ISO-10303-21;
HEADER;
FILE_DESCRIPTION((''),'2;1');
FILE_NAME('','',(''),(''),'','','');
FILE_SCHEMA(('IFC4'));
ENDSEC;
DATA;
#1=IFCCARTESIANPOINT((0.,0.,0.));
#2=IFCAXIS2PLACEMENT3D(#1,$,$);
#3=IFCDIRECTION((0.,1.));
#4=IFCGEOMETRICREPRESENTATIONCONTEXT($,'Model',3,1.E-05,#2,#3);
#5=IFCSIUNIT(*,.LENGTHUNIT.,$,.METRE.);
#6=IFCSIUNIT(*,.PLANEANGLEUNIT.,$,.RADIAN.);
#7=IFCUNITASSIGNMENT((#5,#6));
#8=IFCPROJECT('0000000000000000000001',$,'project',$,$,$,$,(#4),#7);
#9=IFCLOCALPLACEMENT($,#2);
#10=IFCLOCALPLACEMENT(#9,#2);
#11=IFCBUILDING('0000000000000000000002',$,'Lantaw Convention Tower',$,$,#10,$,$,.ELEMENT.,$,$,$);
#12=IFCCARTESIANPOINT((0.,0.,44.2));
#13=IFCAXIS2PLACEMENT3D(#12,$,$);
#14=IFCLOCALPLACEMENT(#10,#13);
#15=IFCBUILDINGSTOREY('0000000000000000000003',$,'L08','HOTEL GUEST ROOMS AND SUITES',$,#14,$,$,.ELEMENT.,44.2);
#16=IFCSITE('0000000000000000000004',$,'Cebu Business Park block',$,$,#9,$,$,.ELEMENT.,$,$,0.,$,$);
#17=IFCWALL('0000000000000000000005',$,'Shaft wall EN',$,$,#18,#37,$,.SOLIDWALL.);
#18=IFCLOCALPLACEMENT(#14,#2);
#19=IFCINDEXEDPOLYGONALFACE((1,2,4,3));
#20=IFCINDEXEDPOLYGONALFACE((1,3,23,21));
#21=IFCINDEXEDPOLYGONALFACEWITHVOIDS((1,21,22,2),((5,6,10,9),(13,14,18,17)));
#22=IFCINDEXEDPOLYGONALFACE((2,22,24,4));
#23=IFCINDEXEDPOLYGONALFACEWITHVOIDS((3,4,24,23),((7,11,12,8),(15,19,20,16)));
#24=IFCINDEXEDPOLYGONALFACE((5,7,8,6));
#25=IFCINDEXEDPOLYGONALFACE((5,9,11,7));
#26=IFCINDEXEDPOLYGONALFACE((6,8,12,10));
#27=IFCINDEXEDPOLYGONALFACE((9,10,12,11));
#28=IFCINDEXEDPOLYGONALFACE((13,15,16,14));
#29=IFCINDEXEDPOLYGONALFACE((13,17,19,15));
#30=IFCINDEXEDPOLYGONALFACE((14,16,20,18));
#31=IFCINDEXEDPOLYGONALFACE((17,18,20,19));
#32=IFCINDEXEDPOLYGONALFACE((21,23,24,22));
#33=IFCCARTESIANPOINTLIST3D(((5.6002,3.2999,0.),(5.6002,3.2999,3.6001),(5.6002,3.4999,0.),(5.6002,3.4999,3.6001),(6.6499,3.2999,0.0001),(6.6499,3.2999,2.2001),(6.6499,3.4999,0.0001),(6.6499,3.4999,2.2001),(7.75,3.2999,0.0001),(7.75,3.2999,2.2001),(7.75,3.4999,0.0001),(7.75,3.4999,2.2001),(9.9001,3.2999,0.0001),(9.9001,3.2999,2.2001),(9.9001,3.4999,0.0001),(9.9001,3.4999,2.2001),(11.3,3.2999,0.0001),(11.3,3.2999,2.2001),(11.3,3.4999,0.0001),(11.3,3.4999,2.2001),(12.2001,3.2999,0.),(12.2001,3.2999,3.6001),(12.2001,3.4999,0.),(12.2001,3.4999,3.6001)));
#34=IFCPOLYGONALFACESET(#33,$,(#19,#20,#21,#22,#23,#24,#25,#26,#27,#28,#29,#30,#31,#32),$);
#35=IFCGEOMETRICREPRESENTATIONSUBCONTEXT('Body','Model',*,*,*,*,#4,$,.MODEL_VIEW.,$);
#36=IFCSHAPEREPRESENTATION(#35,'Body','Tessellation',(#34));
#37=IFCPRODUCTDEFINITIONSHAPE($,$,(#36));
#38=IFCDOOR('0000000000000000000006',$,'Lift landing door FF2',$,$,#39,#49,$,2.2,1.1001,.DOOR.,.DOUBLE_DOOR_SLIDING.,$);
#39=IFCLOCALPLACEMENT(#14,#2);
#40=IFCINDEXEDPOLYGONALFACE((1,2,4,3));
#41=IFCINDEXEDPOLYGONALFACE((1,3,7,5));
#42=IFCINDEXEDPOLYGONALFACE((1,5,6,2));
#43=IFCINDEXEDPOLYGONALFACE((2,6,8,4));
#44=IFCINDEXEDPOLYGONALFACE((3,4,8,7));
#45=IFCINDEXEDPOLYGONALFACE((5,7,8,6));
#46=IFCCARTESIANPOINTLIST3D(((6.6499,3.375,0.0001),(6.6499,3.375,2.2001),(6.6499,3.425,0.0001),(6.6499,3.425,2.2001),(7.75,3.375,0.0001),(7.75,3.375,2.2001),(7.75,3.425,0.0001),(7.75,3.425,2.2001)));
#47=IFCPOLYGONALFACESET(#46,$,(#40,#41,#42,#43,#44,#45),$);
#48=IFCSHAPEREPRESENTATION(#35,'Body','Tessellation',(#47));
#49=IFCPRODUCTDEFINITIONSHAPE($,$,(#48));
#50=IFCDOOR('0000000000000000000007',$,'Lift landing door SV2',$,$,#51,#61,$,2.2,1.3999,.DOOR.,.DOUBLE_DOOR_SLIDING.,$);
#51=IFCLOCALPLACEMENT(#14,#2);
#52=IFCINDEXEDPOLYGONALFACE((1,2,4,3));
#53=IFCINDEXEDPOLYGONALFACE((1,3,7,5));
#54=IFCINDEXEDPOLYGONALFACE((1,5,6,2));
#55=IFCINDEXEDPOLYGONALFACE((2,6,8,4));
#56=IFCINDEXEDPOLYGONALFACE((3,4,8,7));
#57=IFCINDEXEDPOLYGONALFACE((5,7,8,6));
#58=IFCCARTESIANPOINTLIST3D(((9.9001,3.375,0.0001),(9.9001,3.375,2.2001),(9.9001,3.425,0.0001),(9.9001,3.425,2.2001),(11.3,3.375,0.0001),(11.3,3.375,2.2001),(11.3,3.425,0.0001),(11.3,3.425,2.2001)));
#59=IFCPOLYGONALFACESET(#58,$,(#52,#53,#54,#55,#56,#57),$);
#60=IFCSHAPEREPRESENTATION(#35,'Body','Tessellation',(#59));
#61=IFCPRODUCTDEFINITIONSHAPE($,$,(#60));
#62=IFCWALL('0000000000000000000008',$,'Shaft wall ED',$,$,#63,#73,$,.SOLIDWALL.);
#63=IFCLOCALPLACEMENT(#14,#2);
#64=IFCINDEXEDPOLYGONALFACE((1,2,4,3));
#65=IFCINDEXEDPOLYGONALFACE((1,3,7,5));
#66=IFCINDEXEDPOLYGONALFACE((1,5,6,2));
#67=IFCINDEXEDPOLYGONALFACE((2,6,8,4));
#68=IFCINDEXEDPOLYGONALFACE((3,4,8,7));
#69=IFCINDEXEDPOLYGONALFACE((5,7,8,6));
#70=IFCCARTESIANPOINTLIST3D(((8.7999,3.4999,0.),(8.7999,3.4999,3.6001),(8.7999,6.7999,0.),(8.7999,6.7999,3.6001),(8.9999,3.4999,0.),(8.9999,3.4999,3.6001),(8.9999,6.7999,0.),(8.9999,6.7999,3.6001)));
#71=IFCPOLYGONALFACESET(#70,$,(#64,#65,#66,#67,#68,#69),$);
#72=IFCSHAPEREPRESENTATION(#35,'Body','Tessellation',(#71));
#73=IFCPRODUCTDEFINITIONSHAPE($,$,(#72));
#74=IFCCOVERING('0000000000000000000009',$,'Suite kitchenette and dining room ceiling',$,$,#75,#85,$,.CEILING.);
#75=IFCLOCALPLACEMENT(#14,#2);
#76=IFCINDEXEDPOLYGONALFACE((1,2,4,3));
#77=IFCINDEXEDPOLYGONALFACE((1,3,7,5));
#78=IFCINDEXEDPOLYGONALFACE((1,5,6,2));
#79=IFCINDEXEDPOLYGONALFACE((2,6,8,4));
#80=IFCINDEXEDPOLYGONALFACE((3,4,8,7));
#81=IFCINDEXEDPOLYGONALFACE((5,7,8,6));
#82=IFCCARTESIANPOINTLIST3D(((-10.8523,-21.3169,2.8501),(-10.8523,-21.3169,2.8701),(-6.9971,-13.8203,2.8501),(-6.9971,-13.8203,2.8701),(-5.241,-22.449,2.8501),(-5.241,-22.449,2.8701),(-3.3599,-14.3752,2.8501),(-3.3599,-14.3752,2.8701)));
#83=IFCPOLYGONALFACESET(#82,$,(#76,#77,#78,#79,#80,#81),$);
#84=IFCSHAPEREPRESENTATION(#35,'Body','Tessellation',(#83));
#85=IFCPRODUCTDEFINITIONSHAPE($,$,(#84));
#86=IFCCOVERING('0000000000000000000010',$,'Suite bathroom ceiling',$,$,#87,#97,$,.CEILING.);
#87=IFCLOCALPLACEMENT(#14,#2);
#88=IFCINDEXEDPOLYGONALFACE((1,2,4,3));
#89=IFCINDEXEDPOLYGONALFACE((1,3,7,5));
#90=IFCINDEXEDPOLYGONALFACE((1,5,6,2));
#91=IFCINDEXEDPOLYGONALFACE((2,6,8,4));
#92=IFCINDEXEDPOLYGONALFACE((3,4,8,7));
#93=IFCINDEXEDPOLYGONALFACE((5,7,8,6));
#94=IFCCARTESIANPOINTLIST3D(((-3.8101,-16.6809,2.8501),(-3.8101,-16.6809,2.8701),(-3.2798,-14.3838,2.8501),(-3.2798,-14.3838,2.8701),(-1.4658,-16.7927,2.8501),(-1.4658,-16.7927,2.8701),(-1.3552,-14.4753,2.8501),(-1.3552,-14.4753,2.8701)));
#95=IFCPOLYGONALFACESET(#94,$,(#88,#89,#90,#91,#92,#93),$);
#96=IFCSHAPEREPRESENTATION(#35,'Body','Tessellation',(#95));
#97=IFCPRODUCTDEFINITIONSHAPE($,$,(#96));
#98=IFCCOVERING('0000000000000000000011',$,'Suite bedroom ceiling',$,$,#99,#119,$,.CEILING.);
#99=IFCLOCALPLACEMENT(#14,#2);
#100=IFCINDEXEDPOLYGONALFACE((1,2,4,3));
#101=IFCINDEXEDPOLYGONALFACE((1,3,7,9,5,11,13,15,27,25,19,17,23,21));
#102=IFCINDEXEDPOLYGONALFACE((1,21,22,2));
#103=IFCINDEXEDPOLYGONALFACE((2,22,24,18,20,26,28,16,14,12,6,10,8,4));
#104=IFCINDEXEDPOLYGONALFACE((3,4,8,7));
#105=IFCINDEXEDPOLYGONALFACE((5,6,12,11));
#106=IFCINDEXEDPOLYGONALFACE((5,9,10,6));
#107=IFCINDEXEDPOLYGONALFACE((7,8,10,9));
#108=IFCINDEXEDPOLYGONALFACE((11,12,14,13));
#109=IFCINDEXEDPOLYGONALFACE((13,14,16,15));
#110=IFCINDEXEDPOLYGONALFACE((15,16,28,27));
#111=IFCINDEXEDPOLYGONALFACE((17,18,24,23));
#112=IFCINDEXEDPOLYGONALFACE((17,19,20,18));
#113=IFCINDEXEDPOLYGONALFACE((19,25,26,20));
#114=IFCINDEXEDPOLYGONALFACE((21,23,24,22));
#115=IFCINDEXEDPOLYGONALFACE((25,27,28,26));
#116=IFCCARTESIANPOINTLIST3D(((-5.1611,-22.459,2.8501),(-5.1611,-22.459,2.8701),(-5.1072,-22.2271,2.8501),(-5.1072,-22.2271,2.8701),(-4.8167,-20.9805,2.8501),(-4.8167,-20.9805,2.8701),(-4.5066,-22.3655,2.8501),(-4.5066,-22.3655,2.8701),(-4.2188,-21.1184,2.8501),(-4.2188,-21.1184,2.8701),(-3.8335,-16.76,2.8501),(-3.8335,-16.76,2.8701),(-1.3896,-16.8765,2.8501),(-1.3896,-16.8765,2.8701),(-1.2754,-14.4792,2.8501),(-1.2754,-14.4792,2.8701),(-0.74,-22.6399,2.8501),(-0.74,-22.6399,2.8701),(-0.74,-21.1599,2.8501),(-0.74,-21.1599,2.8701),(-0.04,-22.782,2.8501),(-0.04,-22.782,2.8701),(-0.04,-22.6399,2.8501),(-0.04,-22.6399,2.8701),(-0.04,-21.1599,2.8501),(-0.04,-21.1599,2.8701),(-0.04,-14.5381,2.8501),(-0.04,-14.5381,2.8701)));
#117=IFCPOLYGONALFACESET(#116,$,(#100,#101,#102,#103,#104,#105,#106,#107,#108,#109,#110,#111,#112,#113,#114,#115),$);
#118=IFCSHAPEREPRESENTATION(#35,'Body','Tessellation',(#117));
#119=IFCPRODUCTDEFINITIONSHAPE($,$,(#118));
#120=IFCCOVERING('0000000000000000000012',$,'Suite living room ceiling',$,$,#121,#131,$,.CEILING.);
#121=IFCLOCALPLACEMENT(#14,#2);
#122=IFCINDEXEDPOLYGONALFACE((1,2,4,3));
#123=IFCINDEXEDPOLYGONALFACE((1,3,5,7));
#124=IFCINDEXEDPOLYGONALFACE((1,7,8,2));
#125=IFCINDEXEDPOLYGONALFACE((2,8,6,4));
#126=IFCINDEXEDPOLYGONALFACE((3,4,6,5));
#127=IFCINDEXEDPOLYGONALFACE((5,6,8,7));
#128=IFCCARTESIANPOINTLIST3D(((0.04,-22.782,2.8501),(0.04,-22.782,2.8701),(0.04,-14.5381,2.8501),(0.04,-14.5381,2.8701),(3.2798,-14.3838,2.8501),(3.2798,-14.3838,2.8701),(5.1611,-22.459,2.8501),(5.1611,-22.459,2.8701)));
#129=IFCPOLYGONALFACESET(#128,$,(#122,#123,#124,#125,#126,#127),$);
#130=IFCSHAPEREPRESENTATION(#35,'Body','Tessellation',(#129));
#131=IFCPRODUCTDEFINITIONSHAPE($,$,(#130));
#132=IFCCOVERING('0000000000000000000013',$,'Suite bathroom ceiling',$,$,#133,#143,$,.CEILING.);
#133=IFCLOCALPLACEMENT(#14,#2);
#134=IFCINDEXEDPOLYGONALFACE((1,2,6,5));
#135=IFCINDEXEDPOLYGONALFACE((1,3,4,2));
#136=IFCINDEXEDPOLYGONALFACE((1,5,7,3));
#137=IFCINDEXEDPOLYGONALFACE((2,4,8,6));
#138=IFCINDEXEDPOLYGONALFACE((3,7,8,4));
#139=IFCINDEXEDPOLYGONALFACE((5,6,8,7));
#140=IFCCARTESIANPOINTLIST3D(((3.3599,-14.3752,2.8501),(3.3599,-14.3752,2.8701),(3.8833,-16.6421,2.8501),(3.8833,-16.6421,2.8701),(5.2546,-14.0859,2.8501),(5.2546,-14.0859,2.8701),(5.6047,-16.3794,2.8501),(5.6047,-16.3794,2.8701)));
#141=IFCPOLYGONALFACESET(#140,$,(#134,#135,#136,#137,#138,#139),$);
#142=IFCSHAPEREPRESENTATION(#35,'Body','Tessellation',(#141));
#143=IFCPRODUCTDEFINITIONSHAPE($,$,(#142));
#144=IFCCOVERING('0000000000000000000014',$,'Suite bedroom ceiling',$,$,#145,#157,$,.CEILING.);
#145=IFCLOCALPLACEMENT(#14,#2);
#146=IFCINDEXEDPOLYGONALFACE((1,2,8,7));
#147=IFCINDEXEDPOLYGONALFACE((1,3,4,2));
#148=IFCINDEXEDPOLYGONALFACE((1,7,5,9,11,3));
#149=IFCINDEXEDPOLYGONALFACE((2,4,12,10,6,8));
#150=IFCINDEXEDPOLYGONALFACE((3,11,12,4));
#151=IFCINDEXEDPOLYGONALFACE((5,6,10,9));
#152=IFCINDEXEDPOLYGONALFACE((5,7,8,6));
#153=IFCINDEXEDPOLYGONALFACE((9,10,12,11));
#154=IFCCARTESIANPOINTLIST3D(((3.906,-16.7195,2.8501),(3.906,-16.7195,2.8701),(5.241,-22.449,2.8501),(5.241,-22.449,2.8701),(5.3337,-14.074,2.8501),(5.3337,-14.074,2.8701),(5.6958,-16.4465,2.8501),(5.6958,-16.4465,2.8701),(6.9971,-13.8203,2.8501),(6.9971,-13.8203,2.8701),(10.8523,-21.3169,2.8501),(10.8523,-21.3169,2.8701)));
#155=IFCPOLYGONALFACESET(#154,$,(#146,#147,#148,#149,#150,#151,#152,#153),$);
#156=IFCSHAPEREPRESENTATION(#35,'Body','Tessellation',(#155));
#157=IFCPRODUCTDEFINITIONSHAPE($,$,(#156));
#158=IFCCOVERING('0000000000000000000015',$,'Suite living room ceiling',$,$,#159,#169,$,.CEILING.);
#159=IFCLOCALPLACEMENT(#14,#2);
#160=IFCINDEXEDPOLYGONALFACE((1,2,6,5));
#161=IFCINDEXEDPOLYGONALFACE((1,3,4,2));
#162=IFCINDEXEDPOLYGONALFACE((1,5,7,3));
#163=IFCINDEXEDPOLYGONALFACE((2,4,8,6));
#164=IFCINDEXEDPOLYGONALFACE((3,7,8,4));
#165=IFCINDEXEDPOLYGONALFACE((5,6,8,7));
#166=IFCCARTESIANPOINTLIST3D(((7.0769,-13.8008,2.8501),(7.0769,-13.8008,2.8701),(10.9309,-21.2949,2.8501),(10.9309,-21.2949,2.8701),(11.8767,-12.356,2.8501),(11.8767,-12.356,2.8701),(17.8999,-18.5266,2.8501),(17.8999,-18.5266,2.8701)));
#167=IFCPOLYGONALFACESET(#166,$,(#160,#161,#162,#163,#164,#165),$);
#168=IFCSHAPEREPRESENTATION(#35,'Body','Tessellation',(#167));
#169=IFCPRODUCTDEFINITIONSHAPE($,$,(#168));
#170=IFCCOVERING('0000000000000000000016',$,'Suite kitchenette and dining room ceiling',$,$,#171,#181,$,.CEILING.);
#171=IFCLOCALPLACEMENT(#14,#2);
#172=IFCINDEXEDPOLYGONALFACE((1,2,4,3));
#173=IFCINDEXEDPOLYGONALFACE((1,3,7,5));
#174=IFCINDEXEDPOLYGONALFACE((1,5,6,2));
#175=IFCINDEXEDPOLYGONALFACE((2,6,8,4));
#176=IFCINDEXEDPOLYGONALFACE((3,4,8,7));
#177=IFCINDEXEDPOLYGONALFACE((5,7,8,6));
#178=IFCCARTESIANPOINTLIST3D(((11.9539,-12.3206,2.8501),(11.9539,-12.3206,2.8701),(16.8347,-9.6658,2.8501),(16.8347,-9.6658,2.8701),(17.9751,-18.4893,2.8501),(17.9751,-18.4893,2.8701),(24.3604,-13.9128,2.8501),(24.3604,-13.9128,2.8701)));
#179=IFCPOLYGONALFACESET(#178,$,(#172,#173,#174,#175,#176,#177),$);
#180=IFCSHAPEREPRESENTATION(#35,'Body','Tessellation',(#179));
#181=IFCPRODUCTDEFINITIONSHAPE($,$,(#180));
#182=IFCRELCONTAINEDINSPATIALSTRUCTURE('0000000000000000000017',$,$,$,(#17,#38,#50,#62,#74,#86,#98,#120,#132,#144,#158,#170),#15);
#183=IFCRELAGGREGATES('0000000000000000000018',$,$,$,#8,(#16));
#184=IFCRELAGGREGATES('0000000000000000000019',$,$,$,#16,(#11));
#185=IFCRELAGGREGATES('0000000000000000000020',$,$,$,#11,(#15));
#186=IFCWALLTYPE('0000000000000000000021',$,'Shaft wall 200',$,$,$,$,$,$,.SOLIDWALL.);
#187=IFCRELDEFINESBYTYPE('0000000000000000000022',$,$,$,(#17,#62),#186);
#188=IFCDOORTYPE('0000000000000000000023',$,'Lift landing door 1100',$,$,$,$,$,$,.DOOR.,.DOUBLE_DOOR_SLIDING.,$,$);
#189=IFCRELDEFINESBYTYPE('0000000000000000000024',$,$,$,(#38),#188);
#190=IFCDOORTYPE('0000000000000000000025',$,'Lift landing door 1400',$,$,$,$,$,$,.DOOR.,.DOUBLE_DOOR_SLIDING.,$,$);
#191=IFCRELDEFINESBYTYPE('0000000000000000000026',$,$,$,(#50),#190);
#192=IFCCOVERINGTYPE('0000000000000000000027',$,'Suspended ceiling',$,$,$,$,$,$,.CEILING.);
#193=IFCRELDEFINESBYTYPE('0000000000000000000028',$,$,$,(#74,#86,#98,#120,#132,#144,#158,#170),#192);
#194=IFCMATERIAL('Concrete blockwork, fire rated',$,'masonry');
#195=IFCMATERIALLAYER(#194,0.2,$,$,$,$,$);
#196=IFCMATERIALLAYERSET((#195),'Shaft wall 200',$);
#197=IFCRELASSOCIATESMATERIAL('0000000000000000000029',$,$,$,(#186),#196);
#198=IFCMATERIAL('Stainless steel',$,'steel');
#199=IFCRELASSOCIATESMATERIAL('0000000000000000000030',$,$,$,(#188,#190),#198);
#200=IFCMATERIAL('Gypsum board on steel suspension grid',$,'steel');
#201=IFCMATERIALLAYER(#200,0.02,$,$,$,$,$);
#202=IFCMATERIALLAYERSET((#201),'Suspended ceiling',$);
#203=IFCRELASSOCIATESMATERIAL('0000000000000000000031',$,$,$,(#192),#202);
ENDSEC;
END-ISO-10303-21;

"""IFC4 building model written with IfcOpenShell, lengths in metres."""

from ifc_helpers import new_model, si_unit, direction, frame, frame_2d, origin, place, context, subcontext, project, spatial, polyline, rectangle, outline, extrude, material, layer, layer_set, type_object, element, fill, save


model = new_model("IFC4")

# Units and contexts
model_context = context("Model", 3, precision=1e-05, world=origin(), true_north=direction((0.0, 1.0)))
body_context = subcontext(model_context, "Body", "Model", "MODEL_VIEW")
ifc_project = project(units=[si_unit("LENGTHUNIT", "METRE"), si_unit("PLANEANGLEUNIT", "RADIAN")], contexts=[model_context])

# Site, building, storey
site_placement = place(None, origin())
site = spatial("IfcSite", under=ifc_project, at=site_placement, Name="Cebu Business Park block", CompositionType="ELEMENT", RefElevation=0.0)
building_placement = place(site_placement, origin())
building = spatial("IfcBuilding", under=site, at=building_placement, Name="Lantaw Convention Tower", CompositionType="ELEMENT")
storey_placement = place(building_placement, frame((0.0, 0.0, 44.2)))
storey = spatial("IfcBuildingStorey", under=building, at=storey_placement, Name="L08", Description="HOTEL GUEST ROOMS AND SUITES", CompositionType="ELEMENT", Elevation=44.2)

# Shared definitions
ifc_material_1 = material(Name="Concrete blockwork, fire rated", Category="masonry")
ifc_layer_1 = layer(ifc_material_1, 0.2)
ifc_layer_set_1 = layer_set([ifc_layer_1], Name="Shaft wall 200")
wall_type_1 = type_object("IfcWallType", Name="Shaft wall 200", PredefinedType="SOLIDWALL", material=ifc_layer_set_1)

# Wall, openings, doors
wall_1_placement = place(storey_placement, frame((12.2, 3.3999, 0.0), z_axis=(0.0, 0.0, 1.0), x_axis=(-1.0, 0.0, 0.0)))
wall_1 = element("IfcWall", 1, at=wall_1_placement, inside=storey, type_object=wall_type_1, Name="Shaft wall EN", PredefinedType="SOLIDWALL", context=body_context, shape_type="SweptSolid", body=[
    extrude(rectangle(XDim=6.5999, YDim=0.2, at=frame_2d((3.2998, 0.0))), origin(), (0.0, 0.0, 1.0), 3.6001),
])
opening_1_placement = place(wall_1_placement, frame((4.45, 0.0, 0.0)))
opening_1 = element("IfcOpeningElement", 2, at=opening_1_placement, cuts=wall_1, PredefinedType="OPENING", context=body_context, shape_type="SweptSolid", body=[
    extrude(rectangle(XDim=1.1001, YDim=2.2, at=frame_2d((0.55, 1.1001))), frame((0.0, 0.1099, 0.0), z_axis=(0.0, -1.0, 0.0), x_axis=(1.0, 0.0, 0.0)), (0.0, 0.0, 1.0), 0.22),
])
opening_2_placement = place(wall_1_placement, frame((0.8999, 0.0, 0.0)))
opening_2 = element("IfcOpeningElement", 3, at=opening_2_placement, cuts=wall_1, PredefinedType="OPENING", context=body_context, shape_type="SweptSolid", body=[
    extrude(rectangle(XDim=1.3999, YDim=2.2, at=frame_2d((0.7, 1.1001))), frame((0.0, 0.1099, 0.0), z_axis=(0.0, -1.0, 0.0), x_axis=(1.0, 0.0, 0.0)), (0.0, 0.0, 1.0), 0.22),
])
ifc_material_2 = material(Name="Stainless steel", Category="steel")
door_type_1 = type_object("IfcDoorType", Name="Lift landing door 1100", OperationType="DOUBLE_DOOR_SLIDING", PredefinedType="DOOR", material=ifc_material_2)
door_1_placement = place(opening_1_placement, origin())
door_1 = element("IfcDoor", 4, at=door_1_placement, inside=storey, type_object=door_type_1, Name="Lift landing door FF2", OperationType="DOUBLE_DOOR_SLIDING", OverallHeight=2.2, OverallWidth=1.1001, PredefinedType="DOOR", context=body_context, shape_type="SweptSolid", body=[
    extrude(rectangle(XDim=1.1001, YDim=2.2, at=frame_2d((0.55, 1.1001))), frame((0.0, 0.0249, 0.0), z_axis=(0.0, -1.0, 0.0), x_axis=(1.0, 0.0, 0.0)), (0.0, 0.0, 1.0), 0.05),
])
fill(opening_1, door_1)
door_type_2 = type_object("IfcDoorType", Name="Lift landing door 1400", OperationType="DOUBLE_DOOR_SLIDING", PredefinedType="DOOR", material=ifc_material_2)
door_2_placement = place(opening_2_placement, origin())
door_2 = element("IfcDoor", 5, at=door_2_placement, inside=storey, type_object=door_type_2, Name="Lift landing door SV2", OperationType="DOUBLE_DOOR_SLIDING", OverallHeight=2.2, OverallWidth=1.3999, PredefinedType="DOOR", context=body_context, shape_type="SweptSolid", body=[
    extrude(rectangle(XDim=1.3999, YDim=2.2, at=frame_2d((0.7, 1.1001))), frame((0.0, 0.0249, 0.0), z_axis=(0.0, -1.0, 0.0), x_axis=(1.0, 0.0, 0.0)), (0.0, 0.0, 1.0), 0.05),
])
fill(opening_2, door_2)

# Wall
wall_2_placement = place(storey_placement, frame((8.8999, 3.5, 0.0), z_axis=(0.0, 0.0, 1.0), x_axis=(0.0, 1.0, 0.0)))
element("IfcWall", 6, at=wall_2_placement, inside=storey, type_object=wall_type_1, Name="Shaft wall ED", PredefinedType="SOLIDWALL", context=body_context, shape_type="SweptSolid", body=[
    extrude(rectangle(XDim=3.3, YDim=0.2, at=frame_2d((1.6499, 0.0))), origin(), (0.0, 0.0, 1.0), 3.6001),
])

# Coverings
ifc_material_3 = material(Name="Gypsum board on steel suspension grid", Category="steel")
ifc_layer_2 = layer(ifc_material_3, 0.02)
ifc_layer_set_2 = layer_set([ifc_layer_2], Name="Suspended ceiling")
covering_type = type_object("IfcCoveringType", Name="Suspended ceiling", PredefinedType="CEILING", material=ifc_layer_set_2)
covering_1_placement = place(storey_placement, frame((0.0, 0.0, 2.8501)))
element("IfcCovering", 7, at=covering_1_placement, inside=storey, type_object=covering_type, Name="Suite kitchenette and dining room ceiling", PredefinedType="CEILING", context=body_context, shape_type="SweptSolid", body=[
    extrude(outline(polyline([(-6.9971, -13.8203), (-10.8523, -21.3169), (-5.241, -22.449), (-3.3599, -14.3752), (-6.9971, -13.8203)])), origin(), (0.0, 0.0, 1.0), 0.02),
])
covering_2_placement = place(storey_placement, frame((0.0, 0.0, 2.8501)))
element("IfcCovering", 8, at=covering_2_placement, inside=storey, type_object=covering_type, Name="Suite bathroom ceiling", PredefinedType="CEILING", context=body_context, shape_type="SweptSolid", body=[
    extrude(outline(polyline([(-3.2798, -14.3838), (-3.8101, -16.6809), (-1.4658, -16.7927), (-1.3552, -14.4753), (-3.2798, -14.3838)])), origin(), (0.0, 0.0, 1.0), 0.02),
])
covering_3_placement = place(storey_placement, frame((0.0, 0.0, 2.8501)))
element("IfcCovering", 9, at=covering_3_placement, inside=storey, type_object=covering_type, Name="Suite bedroom ceiling", PredefinedType="CEILING", context=body_context, shape_type="SweptSolid", body=[
    extrude(outline(polyline([(-3.8335, -16.76), (-4.8167, -20.9805), (-4.2188, -21.1184), (-4.5066, -22.3655), (-5.1072, -22.2271), (-5.1611, -22.459), (-0.04, -22.782), (-0.04, -22.6399), (-0.74, -22.6399), (-0.74, -21.1599), (-0.04, -21.1599), (-0.04, -14.5381), (-1.2754, -14.4792), (-1.3896, -16.8765), (-3.8335, -16.76)])), origin(), (0.0, 0.0, 1.0), 0.02),
])
covering_4_placement = place(storey_placement, frame((0.0, 0.0, 2.8501)))
element("IfcCovering", 10, at=covering_4_placement, inside=storey, type_object=covering_type, Name="Suite living room ceiling", PredefinedType="CEILING", context=body_context, shape_type="SweptSolid", body=[
    extrude(outline(polyline([(0.04, -14.5381), (0.04, -22.782), (5.1611, -22.459), (3.2798, -14.3838), (0.04, -14.5381)])), origin(), (0.0, 0.0, 1.0), 0.02),
])
covering_5_placement = place(storey_placement, frame((0.0, 0.0, 2.8501)))
element("IfcCovering", 11, at=covering_5_placement, inside=storey, type_object=covering_type, Name="Suite bathroom ceiling", PredefinedType="CEILING", context=body_context, shape_type="SweptSolid", body=[
    extrude(outline(polyline([(3.3599, -14.3752), (3.8833, -16.6421), (5.6047, -16.3794), (5.2546, -14.0859), (3.3599, -14.3752)])), origin(), (0.0, 0.0, 1.0), 0.02),
])
covering_6_placement = place(storey_placement, frame((0.0, 0.0, 2.8501)))
element("IfcCovering", 12, at=covering_6_placement, inside=storey, type_object=covering_type, Name="Suite bedroom ceiling", PredefinedType="CEILING", context=body_context, shape_type="SweptSolid", body=[
    extrude(outline(polyline([(6.9971, -13.8203), (5.3337, -14.074), (5.6958, -16.4465), (3.906, -16.7195), (5.241, -22.449), (10.8523, -21.3169), (6.9971, -13.8203)])), origin(), (0.0, 0.0, 1.0), 0.02),
])
covering_7_placement = place(storey_placement, frame((0.0, 0.0, 2.8501)))
element("IfcCovering", 13, at=covering_7_placement, inside=storey, type_object=covering_type, Name="Suite living room ceiling", PredefinedType="CEILING", context=body_context, shape_type="SweptSolid", body=[
    extrude(outline(polyline([(7.0769, -13.8008), (10.9309, -21.2949), (17.8999, -18.5266), (11.8767, -12.356), (7.0769, -13.8008)])), origin(), (0.0, 0.0, 1.0), 0.02),
])
covering_8_placement = place(storey_placement, frame((0.0, 0.0, 2.8501)))
element("IfcCovering", 14, at=covering_8_placement, inside=storey, type_object=covering_type, Name="Suite kitchenette and dining room ceiling", PredefinedType="CEILING", context=body_context, shape_type="SweptSolid", body=[
    extrude(outline(polyline([(11.9539, -12.3206), (17.9751, -18.4893), (24.3604, -13.9128), (16.8347, -9.6658), (11.9539, -12.3206)])), origin(), (0.0, 0.0, 1.0), 0.02),
])

save(model, "model.ifc")
